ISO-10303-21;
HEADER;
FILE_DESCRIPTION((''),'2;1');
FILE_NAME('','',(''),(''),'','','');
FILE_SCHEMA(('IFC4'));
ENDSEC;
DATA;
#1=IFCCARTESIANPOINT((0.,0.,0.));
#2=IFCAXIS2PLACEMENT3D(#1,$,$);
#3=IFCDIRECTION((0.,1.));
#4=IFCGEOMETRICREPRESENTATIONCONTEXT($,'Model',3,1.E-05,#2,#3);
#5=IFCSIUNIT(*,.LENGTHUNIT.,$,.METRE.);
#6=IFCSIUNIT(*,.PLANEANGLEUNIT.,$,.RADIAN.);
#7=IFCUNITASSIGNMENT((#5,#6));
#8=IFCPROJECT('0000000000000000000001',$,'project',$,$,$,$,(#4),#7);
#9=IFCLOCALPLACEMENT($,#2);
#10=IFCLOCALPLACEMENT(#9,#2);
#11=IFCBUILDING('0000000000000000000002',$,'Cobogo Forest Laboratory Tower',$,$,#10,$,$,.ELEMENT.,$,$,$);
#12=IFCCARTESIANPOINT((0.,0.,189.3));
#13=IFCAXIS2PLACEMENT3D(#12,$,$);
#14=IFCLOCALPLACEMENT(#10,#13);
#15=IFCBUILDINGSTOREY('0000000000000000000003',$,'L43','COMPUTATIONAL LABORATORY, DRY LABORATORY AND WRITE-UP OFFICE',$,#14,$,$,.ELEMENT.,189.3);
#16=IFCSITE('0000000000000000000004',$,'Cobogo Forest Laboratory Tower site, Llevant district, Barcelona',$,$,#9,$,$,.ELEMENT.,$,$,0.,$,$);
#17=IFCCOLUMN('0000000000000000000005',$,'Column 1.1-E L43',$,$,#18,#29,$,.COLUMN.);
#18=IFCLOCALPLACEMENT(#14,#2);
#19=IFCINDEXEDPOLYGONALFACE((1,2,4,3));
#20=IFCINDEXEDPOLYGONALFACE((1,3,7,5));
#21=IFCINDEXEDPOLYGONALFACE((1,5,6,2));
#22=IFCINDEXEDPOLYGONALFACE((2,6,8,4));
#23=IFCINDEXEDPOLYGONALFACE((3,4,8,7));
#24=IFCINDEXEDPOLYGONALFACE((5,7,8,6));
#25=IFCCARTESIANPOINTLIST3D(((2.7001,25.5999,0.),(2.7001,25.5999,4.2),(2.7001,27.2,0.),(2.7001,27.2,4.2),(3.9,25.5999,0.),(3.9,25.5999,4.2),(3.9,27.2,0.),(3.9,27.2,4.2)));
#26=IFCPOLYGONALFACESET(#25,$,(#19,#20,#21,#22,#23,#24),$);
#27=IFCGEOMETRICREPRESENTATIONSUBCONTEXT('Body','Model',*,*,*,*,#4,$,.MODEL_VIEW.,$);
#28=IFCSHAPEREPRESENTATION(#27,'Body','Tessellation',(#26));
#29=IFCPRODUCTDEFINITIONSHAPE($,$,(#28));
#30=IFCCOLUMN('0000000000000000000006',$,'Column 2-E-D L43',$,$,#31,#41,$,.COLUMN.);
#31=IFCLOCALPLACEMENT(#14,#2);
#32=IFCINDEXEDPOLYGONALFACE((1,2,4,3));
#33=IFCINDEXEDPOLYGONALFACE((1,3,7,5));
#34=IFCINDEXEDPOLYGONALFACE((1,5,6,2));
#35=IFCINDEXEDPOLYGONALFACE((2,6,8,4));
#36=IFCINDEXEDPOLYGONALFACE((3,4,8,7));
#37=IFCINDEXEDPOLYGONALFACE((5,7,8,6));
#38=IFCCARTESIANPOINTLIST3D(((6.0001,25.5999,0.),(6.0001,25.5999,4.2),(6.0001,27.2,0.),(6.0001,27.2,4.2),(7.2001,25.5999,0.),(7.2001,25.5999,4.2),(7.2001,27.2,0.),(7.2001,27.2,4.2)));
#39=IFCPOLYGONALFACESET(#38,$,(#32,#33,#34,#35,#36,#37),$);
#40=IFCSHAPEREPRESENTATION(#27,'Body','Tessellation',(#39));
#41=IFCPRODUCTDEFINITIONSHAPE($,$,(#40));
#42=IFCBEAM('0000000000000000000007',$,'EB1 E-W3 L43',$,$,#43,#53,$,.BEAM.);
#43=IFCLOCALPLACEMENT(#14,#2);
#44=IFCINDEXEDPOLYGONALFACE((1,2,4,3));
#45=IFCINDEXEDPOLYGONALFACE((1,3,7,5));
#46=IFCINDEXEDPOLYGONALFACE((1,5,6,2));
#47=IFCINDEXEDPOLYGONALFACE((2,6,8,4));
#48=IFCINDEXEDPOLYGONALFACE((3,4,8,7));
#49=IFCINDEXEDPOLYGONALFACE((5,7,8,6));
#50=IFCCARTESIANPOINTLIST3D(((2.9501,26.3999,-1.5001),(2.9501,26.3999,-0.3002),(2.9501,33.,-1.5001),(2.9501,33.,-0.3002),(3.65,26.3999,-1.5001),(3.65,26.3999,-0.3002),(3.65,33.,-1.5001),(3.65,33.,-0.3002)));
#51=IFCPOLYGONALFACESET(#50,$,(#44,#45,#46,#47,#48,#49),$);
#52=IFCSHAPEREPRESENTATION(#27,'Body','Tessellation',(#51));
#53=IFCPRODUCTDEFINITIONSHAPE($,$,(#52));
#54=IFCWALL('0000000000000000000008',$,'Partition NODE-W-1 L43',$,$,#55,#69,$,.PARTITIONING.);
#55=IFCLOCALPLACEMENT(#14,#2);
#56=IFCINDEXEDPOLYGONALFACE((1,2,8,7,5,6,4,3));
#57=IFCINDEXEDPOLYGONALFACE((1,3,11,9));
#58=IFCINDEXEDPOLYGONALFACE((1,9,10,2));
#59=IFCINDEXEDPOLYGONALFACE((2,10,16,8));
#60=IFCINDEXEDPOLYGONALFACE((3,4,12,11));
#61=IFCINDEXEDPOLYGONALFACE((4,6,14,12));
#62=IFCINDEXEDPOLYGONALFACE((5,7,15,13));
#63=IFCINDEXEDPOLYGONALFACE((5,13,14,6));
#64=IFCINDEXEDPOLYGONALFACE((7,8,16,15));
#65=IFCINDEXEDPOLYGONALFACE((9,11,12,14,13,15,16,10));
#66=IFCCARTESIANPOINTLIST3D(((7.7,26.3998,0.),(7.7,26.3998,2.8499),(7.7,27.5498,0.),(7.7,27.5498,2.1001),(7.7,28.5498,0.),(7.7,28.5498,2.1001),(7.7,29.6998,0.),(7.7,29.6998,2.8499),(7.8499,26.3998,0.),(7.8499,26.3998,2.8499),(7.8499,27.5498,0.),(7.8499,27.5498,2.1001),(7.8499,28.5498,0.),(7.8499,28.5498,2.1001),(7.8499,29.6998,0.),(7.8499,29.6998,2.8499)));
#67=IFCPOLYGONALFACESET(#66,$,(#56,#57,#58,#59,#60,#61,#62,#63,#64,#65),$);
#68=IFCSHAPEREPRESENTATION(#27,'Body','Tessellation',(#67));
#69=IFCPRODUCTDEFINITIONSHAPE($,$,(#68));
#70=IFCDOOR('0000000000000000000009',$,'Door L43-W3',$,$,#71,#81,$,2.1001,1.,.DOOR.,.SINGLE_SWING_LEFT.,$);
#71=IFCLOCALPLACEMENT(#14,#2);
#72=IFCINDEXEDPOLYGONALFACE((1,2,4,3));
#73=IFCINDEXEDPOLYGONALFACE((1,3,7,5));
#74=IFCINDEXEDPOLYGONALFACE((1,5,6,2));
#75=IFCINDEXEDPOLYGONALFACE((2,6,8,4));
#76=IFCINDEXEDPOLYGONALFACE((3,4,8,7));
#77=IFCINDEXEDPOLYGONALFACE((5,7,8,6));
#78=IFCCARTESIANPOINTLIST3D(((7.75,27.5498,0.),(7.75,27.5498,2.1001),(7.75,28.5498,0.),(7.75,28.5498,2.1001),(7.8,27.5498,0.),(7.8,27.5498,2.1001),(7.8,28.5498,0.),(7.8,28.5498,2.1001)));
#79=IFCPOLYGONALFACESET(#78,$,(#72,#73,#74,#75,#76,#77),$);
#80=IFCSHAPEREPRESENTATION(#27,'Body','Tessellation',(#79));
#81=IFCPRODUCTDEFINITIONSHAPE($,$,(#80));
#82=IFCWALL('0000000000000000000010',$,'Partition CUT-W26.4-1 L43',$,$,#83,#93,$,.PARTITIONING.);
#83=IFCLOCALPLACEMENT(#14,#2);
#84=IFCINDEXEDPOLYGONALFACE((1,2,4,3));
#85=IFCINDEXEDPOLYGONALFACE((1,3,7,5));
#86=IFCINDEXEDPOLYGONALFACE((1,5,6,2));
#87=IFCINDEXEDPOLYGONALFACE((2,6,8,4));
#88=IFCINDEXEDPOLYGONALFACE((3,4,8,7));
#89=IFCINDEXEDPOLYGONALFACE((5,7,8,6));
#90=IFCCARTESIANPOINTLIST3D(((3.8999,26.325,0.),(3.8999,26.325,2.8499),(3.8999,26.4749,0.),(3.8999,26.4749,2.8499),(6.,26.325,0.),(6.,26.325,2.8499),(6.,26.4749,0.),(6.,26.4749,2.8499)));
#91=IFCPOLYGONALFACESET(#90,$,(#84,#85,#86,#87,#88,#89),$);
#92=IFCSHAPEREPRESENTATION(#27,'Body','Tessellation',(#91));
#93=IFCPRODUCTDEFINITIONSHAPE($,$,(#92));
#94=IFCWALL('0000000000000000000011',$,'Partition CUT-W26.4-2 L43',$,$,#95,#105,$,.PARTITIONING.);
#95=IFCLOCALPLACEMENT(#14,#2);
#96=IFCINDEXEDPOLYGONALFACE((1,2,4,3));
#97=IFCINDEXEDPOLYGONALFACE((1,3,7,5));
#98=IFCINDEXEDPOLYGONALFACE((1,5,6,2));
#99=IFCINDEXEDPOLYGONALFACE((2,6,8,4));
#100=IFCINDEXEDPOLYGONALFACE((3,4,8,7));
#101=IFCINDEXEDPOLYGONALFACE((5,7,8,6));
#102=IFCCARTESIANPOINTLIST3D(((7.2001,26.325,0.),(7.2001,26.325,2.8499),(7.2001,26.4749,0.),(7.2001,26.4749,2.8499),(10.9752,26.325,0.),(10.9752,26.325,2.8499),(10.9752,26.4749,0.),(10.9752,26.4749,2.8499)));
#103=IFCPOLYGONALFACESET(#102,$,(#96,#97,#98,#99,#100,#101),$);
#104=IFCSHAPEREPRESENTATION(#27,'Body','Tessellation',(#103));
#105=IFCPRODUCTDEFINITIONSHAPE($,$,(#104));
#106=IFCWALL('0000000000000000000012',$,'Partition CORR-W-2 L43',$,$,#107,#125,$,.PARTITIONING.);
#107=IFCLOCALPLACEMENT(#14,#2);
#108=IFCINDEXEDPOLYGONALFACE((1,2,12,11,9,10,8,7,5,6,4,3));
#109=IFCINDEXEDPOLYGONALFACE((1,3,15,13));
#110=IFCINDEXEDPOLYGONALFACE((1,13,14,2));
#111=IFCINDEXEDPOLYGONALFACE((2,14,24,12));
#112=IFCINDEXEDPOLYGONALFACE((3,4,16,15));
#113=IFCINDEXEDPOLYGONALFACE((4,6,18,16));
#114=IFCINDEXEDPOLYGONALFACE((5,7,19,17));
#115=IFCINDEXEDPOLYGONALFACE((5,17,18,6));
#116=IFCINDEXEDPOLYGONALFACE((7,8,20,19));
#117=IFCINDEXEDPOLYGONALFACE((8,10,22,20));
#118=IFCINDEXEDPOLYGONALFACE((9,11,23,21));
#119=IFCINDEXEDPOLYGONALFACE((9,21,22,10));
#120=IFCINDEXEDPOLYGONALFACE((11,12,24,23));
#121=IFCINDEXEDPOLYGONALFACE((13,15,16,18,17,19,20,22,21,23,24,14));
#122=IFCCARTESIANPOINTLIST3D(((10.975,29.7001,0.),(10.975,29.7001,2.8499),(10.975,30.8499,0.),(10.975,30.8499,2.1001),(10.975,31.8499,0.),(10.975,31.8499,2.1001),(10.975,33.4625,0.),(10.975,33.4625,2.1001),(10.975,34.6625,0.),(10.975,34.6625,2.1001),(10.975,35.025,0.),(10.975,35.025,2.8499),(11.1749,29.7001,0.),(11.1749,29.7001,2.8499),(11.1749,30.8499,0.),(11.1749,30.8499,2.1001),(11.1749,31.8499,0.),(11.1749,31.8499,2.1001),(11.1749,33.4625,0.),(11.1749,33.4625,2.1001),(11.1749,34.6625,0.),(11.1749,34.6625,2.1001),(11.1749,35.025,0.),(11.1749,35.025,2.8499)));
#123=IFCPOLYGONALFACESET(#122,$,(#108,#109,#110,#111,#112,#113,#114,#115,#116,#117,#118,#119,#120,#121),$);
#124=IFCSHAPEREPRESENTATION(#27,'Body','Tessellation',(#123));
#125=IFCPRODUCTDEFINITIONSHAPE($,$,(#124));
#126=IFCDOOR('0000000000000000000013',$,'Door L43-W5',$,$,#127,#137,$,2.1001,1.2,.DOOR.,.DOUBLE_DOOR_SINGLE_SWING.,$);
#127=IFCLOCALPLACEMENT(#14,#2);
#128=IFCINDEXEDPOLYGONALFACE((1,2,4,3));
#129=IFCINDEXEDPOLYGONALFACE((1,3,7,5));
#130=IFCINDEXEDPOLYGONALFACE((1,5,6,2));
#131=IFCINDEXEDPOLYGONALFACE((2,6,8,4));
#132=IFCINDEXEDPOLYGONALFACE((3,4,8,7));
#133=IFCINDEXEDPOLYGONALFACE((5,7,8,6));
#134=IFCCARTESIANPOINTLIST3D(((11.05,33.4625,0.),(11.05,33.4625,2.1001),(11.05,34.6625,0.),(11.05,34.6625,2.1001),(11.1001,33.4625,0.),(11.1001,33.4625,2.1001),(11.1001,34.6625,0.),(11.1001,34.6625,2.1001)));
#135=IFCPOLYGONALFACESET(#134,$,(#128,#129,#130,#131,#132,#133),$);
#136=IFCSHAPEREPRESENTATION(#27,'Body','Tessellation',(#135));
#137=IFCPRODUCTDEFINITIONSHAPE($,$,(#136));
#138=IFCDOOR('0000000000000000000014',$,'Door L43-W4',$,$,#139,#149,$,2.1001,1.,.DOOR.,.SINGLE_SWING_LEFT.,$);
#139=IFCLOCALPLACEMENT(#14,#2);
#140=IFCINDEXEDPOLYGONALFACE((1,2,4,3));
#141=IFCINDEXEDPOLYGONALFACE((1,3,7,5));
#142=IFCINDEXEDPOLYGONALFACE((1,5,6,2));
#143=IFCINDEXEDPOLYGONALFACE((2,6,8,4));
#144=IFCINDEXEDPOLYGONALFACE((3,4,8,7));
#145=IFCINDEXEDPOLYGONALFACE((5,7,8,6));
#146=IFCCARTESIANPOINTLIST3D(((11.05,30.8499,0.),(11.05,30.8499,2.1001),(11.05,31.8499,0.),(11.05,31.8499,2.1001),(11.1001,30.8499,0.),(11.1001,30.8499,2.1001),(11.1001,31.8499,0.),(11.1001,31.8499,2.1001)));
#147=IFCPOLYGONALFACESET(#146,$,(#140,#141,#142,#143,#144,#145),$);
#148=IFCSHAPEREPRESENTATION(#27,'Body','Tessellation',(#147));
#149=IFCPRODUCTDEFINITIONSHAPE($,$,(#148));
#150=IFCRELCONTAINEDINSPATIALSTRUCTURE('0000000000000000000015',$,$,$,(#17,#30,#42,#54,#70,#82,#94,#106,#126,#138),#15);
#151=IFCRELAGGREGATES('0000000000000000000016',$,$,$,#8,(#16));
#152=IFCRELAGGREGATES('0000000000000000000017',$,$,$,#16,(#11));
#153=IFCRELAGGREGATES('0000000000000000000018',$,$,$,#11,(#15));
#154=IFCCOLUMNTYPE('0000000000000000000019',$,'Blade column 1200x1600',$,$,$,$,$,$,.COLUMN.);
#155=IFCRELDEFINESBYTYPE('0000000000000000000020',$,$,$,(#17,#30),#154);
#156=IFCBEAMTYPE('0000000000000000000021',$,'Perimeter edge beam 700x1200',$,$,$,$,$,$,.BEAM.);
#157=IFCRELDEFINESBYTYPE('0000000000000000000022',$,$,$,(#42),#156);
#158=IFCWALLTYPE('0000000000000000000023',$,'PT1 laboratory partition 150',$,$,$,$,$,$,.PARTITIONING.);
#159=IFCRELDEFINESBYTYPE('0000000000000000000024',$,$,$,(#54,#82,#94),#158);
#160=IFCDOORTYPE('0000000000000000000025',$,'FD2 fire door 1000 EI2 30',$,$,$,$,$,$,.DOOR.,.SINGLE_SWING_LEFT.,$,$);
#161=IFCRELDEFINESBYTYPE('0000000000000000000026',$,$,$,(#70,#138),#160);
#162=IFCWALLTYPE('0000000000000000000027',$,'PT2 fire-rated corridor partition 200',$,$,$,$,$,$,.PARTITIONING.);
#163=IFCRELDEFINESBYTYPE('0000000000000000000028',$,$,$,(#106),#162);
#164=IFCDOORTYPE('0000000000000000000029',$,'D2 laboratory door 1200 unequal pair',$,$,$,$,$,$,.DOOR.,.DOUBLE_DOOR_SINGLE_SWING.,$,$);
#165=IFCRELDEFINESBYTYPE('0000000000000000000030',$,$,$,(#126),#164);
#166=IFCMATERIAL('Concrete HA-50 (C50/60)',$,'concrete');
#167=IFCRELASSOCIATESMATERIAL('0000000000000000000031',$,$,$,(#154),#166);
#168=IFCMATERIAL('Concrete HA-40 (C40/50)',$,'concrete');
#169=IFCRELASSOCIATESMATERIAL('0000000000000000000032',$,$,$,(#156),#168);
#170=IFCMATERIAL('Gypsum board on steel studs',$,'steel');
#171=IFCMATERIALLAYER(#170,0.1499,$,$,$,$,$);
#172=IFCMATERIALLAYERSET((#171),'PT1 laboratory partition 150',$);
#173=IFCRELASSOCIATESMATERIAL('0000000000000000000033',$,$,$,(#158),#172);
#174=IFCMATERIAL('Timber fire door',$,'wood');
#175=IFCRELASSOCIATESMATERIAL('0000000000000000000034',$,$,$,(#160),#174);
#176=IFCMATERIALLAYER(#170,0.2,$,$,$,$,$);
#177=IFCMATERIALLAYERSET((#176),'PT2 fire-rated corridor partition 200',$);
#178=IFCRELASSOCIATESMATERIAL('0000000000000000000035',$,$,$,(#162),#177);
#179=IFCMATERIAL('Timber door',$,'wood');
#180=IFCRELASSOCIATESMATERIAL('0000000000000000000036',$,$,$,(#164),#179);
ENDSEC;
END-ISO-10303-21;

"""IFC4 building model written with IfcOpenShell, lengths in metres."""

from ifc_helpers import new_model, si_unit, direction, frame, frame_2d, origin, origin_2d, place, context, subcontext, project, spatial, rectangle, extrude, material, layer, layer_set, material_profile, profile_set, type_object, element, fill, save


model = new_model("IFC4")

# Units and contexts
model_context = context("Model", 3, precision=1e-05, world=origin(), true_north=direction((0.0, 1.0)))
body_context = subcontext(model_context, "Body", "Model", "MODEL_VIEW")
ifc_project = project(units=[si_unit("LENGTHUNIT", "METRE"), si_unit("PLANEANGLEUNIT", "RADIAN")], contexts=[model_context])

# Site, building, storey
site_placement = place(None, origin())
site = spatial("IfcSite", under=ifc_project, at=site_placement, Name="Cobogo Forest Laboratory Tower site, Llevant district, Barcelona", CompositionType="ELEMENT", RefElevation=0.0)
building_placement = place(site_placement, origin())
building = spatial("IfcBuilding", under=site, at=building_placement, Name="Cobogo Forest Laboratory Tower", CompositionType="ELEMENT")
storey_placement = place(building_placement, frame((0.0, 0.0, 189.3)))
storey = spatial("IfcBuildingStorey", under=building, at=storey_placement, Name="L43", Description="COMPUTATIONAL LABORATORY, DRY LABORATORY AND WRITE-UP OFFICE", CompositionType="ELEMENT", Elevation=189.3)

# Columns
ifc_material_1 = material(Name="Concrete HA-50 (C50/60)", Category="concrete")
ifc_material_profile_1 = material_profile(ifc_material_1, rectangle(XDim=1.6001, YDim=1.2, at=origin_2d()), Name="RC 1200x1600")
ifc_profile_set_1 = profile_set([ifc_material_profile_1], Name="Concrete HA-50 (C50/60)")
column_type = type_object("IfcColumnType", Name="Blade column 1200x1600", PredefinedType="COLUMN", material=ifc_profile_set_1)
for number, where, z_axis, x_axis, name in (
    (1, (3.3, 26.3999, 0.0), (0.0, 0.0, 1.0), (0.0, 1.0, 0.0), "Column 1.1-E L43"),
    (2, (6.6001, 26.3999, 0.0), (0.0, 0.0, 1.0), (0.0, 1.0, 0.0), "Column 2-E-D L43"),
):
    element("IfcColumn", number, at=place(storey_placement, frame(where, z_axis=z_axis, x_axis=x_axis)), inside=storey, type_object=column_type, Name=name, PredefinedType="COLUMN", context=body_context, shape_type="SweptSolid", body=[
        extrude(rectangle(XDim=1.6001, YDim=1.2, at=origin_2d()), origin(), (0.0, 0.0, 1.0), 4.2),
    ])

# Beam
ifc_material_2 = material(Name="Concrete HA-40 (C40/50)", Category="concrete")
ifc_material_profile_2 = material_profile(ifc_material_2, rectangle(XDim=0.7, YDim=1.2, at=origin_2d()), Name="RC 700x1200")
ifc_profile_set_2 = profile_set([ifc_material_profile_2], Name="Concrete HA-40 (C40/50)")
beam_type = type_object("IfcBeamType", Name="Perimeter edge beam 700x1200", PredefinedType="BEAM", material=ifc_profile_set_2)
beam_placement = place(storey_placement, frame((3.3, 26.3999, -0.9001), z_axis=(0.0, 1.0, 0.0), x_axis=(-1.0, 0.0, 0.0)))
element("IfcBeam", 3, at=beam_placement, inside=storey, type_object=beam_type, Name="EB1 E-W3 L43", PredefinedType="BEAM", context=body_context, shape_type="SweptSolid", body=[
    extrude(rectangle(XDim=0.7, YDim=1.2, at=origin_2d()), origin(), (0.0, 0.0, 1.0), 6.6001),
])

# Wall, opening, door
ifc_material_3 = material(Name="Gypsum board on steel studs", Category="steel")
ifc_layer_1 = layer(ifc_material_3, 0.1499)
ifc_layer_set_1 = layer_set([ifc_layer_1], Name="PT1 laboratory partition 150")
wall_type_1 = type_object("IfcWallType", Name="PT1 laboratory partition 150", PredefinedType="PARTITIONING", material=ifc_layer_set_1)
wall_1_placement = place(storey_placement, frame((7.7749, 26.3999, 0.0), z_axis=(0.0, 0.0, 1.0), x_axis=(0.0, 1.0, 0.0)))
wall_1 = element("IfcWall", 4, at=wall_1_placement, inside=storey, type_object=wall_type_1, Name="Partition NODE-W-1 L43", PredefinedType="PARTITIONING", context=body_context, shape_type="SweptSolid", body=[
    extrude(rectangle(XDim=3.3, YDim=0.1499, at=frame_2d((1.6499, 0.0))), origin(), (0.0, 0.0, 1.0), 2.8499),
])
opening_1_placement = place(wall_1_placement, frame((1.1499, 0.0, 0.0)))
opening_1 = element("IfcOpeningElement", 5, at=opening_1_placement, cuts=wall_1, PredefinedType="OPENING", context=body_context, shape_type="SweptSolid", body=[
    extrude(rectangle(XDim=1.0, YDim=2.1001, at=frame_2d((0.5, 1.05))), frame((0.0, 0.085, 0.0), z_axis=(0.0, -1.0, 0.0), x_axis=(1.0, 0.0, 0.0)), (0.0, 0.0, 1.0), 0.1699),
])
ifc_material_4 = material(Name="Timber fire door", Category="wood")
door_type_1 = type_object("IfcDoorType", Name="FD2 fire door 1000 EI2 30", OperationType="SINGLE_SWING_LEFT", PredefinedType="DOOR", material=ifc_material_4)
door_1_placement = place(opening_1_placement, origin())
door_1 = element("IfcDoor", 6, at=door_1_placement, inside=storey, type_object=door_type_1, Name="Door L43-W3", OperationType="SINGLE_SWING_LEFT", OverallHeight=2.1001, OverallWidth=1.0, PredefinedType="DOOR", context=body_context, shape_type="SweptSolid", body=[
    extrude(rectangle(XDim=1.0, YDim=2.1001, at=frame_2d((0.5, 1.05))), frame((0.0, 0.0249, 0.0), z_axis=(0.0, -1.0, 0.0), x_axis=(1.0, 0.0, 0.0)), (0.0, 0.0, 1.0), 0.05),
])
fill(opening_1, door_1)

# Walls
wall_2_placement = place(storey_placement, frame((3.8999, 26.3999, 0.0), z_axis=(0.0, 0.0, 1.0), x_axis=(1.0, 0.0, 0.0)))
element("IfcWall", 7, at=wall_2_placement, inside=storey, type_object=wall_type_1, Name="Partition CUT-W26.4-1 L43", PredefinedType="PARTITIONING", context=body_context, shape_type="SweptSolid", body=[
    extrude(rectangle(XDim=2.1001, YDim=0.1499, at=frame_2d((1.05, 0.0))), origin(), (0.0, 0.0, 1.0), 2.8499),
])
wall_3_placement = place(storey_placement, frame((7.2, 26.3999, 0.0), z_axis=(0.0, 0.0, 1.0), x_axis=(1.0, 0.0, 0.0)))
element("IfcWall", 8, at=wall_3_placement, inside=storey, type_object=wall_type_1, Name="Partition CUT-W26.4-2 L43", PredefinedType="PARTITIONING", context=body_context, shape_type="SweptSolid", body=[
    extrude(rectangle(XDim=3.7751, YDim=0.1499, at=frame_2d((1.8877, 0.0))), origin(), (0.0, 0.0, 1.0), 2.8499),
])

# Wall, openings, doors
ifc_layer_2 = layer(ifc_material_3, 0.2)
ifc_layer_set_2 = layer_set([ifc_layer_2], Name="PT2 fire-rated corridor partition 200")
wall_type_2 = type_object("IfcWallType", Name="PT2 fire-rated corridor partition 200", PredefinedType="PARTITIONING", material=ifc_layer_set_2)
wall_4_placement = place(storey_placement, frame((11.075, 29.7, 0.0), z_axis=(0.0, 0.0, 1.0), x_axis=(0.0, 1.0, 0.0)))
wall_4 = element("IfcWall", 9, at=wall_4_placement, inside=storey, type_object=wall_type_2, Name="Partition CORR-W-2 L43", PredefinedType="PARTITIONING", context=body_context, shape_type="SweptSolid", body=[
    extrude(rectangle(XDim=5.325, YDim=0.2, at=frame_2d((2.6626, 0.0))), origin(), (0.0, 0.0, 1.0), 2.8499),
])
opening_2_placement = place(wall_4_placement, frame((1.1499, 0.0, 0.0)))
opening_2 = element("IfcOpeningElement", 10, at=opening_2_placement, cuts=wall_4, PredefinedType="OPENING", context=body_context, shape_type="SweptSolid", body=[
    extrude(rectangle(XDim=1.0, YDim=2.1001, at=frame_2d((0.5, 1.05))), frame((0.0, 0.1099, 0.0), z_axis=(0.0, -1.0, 0.0), x_axis=(1.0, 0.0, 0.0)), (0.0, 0.0, 1.0), 0.22),
])
opening_3_placement = place(wall_4_placement, frame((3.7625, 0.0, 0.0)))
opening_3 = element("IfcOpeningElement", 11, at=opening_3_placement, cuts=wall_4, PredefinedType="OPENING", context=body_context, shape_type="SweptSolid", body=[
    extrude(rectangle(XDim=1.2, YDim=2.1001, at=frame_2d((0.6001, 1.05))), frame((0.0, 0.1099, 0.0), z_axis=(0.0, -1.0, 0.0), x_axis=(1.0, 0.0, 0.0)), (0.0, 0.0, 1.0), 0.22),
])
ifc_material_5 = material(Name="Timber door", Category="wood")
door_type_2 = type_object("IfcDoorType", Name="D2 laboratory door 1200 unequal pair", OperationType="DOUBLE_DOOR_SINGLE_SWING", PredefinedType="DOOR", material=ifc_material_5)
door_2_placement = place(opening_3_placement, origin())
door_2 = element("IfcDoor", 12, at=door_2_placement, inside=storey, type_object=door_type_2, Name="Door L43-W5", OperationType="DOUBLE_DOOR_SINGLE_SWING", OverallHeight=2.1001, OverallWidth=1.2, PredefinedType="DOOR", context=body_context, shape_type="SweptSolid", body=[
    extrude(rectangle(XDim=1.2, YDim=2.1001, at=frame_2d((0.6001, 1.05))), frame((0.0, 0.0249, 0.0), z_axis=(0.0, -1.0, 0.0), x_axis=(1.0, 0.0, 0.0)), (0.0, 0.0, 1.0), 0.05),
])
fill(opening_3, door_2)
door_3_placement = place(opening_2_placement, origin())
door_3 = element("IfcDoor", 13, at=door_3_placement, inside=storey, type_object=door_type_1, Name="Door L43-W4", OperationType="SINGLE_SWING_LEFT", OverallHeight=2.1001, OverallWidth=1.0, PredefinedType="DOOR", context=body_context, shape_type="SweptSolid", body=[
    extrude(rectangle(XDim=1.0, YDim=2.1001, at=frame_2d((0.5, 1.05))), frame((0.0, 0.0249, 0.0), z_axis=(0.0, -1.0, 0.0), x_axis=(1.0, 0.0, 0.0)), (0.0, 0.0, 1.0), 0.05),
])
fill(opening_2, door_3)

save(model, "model.ifc")
